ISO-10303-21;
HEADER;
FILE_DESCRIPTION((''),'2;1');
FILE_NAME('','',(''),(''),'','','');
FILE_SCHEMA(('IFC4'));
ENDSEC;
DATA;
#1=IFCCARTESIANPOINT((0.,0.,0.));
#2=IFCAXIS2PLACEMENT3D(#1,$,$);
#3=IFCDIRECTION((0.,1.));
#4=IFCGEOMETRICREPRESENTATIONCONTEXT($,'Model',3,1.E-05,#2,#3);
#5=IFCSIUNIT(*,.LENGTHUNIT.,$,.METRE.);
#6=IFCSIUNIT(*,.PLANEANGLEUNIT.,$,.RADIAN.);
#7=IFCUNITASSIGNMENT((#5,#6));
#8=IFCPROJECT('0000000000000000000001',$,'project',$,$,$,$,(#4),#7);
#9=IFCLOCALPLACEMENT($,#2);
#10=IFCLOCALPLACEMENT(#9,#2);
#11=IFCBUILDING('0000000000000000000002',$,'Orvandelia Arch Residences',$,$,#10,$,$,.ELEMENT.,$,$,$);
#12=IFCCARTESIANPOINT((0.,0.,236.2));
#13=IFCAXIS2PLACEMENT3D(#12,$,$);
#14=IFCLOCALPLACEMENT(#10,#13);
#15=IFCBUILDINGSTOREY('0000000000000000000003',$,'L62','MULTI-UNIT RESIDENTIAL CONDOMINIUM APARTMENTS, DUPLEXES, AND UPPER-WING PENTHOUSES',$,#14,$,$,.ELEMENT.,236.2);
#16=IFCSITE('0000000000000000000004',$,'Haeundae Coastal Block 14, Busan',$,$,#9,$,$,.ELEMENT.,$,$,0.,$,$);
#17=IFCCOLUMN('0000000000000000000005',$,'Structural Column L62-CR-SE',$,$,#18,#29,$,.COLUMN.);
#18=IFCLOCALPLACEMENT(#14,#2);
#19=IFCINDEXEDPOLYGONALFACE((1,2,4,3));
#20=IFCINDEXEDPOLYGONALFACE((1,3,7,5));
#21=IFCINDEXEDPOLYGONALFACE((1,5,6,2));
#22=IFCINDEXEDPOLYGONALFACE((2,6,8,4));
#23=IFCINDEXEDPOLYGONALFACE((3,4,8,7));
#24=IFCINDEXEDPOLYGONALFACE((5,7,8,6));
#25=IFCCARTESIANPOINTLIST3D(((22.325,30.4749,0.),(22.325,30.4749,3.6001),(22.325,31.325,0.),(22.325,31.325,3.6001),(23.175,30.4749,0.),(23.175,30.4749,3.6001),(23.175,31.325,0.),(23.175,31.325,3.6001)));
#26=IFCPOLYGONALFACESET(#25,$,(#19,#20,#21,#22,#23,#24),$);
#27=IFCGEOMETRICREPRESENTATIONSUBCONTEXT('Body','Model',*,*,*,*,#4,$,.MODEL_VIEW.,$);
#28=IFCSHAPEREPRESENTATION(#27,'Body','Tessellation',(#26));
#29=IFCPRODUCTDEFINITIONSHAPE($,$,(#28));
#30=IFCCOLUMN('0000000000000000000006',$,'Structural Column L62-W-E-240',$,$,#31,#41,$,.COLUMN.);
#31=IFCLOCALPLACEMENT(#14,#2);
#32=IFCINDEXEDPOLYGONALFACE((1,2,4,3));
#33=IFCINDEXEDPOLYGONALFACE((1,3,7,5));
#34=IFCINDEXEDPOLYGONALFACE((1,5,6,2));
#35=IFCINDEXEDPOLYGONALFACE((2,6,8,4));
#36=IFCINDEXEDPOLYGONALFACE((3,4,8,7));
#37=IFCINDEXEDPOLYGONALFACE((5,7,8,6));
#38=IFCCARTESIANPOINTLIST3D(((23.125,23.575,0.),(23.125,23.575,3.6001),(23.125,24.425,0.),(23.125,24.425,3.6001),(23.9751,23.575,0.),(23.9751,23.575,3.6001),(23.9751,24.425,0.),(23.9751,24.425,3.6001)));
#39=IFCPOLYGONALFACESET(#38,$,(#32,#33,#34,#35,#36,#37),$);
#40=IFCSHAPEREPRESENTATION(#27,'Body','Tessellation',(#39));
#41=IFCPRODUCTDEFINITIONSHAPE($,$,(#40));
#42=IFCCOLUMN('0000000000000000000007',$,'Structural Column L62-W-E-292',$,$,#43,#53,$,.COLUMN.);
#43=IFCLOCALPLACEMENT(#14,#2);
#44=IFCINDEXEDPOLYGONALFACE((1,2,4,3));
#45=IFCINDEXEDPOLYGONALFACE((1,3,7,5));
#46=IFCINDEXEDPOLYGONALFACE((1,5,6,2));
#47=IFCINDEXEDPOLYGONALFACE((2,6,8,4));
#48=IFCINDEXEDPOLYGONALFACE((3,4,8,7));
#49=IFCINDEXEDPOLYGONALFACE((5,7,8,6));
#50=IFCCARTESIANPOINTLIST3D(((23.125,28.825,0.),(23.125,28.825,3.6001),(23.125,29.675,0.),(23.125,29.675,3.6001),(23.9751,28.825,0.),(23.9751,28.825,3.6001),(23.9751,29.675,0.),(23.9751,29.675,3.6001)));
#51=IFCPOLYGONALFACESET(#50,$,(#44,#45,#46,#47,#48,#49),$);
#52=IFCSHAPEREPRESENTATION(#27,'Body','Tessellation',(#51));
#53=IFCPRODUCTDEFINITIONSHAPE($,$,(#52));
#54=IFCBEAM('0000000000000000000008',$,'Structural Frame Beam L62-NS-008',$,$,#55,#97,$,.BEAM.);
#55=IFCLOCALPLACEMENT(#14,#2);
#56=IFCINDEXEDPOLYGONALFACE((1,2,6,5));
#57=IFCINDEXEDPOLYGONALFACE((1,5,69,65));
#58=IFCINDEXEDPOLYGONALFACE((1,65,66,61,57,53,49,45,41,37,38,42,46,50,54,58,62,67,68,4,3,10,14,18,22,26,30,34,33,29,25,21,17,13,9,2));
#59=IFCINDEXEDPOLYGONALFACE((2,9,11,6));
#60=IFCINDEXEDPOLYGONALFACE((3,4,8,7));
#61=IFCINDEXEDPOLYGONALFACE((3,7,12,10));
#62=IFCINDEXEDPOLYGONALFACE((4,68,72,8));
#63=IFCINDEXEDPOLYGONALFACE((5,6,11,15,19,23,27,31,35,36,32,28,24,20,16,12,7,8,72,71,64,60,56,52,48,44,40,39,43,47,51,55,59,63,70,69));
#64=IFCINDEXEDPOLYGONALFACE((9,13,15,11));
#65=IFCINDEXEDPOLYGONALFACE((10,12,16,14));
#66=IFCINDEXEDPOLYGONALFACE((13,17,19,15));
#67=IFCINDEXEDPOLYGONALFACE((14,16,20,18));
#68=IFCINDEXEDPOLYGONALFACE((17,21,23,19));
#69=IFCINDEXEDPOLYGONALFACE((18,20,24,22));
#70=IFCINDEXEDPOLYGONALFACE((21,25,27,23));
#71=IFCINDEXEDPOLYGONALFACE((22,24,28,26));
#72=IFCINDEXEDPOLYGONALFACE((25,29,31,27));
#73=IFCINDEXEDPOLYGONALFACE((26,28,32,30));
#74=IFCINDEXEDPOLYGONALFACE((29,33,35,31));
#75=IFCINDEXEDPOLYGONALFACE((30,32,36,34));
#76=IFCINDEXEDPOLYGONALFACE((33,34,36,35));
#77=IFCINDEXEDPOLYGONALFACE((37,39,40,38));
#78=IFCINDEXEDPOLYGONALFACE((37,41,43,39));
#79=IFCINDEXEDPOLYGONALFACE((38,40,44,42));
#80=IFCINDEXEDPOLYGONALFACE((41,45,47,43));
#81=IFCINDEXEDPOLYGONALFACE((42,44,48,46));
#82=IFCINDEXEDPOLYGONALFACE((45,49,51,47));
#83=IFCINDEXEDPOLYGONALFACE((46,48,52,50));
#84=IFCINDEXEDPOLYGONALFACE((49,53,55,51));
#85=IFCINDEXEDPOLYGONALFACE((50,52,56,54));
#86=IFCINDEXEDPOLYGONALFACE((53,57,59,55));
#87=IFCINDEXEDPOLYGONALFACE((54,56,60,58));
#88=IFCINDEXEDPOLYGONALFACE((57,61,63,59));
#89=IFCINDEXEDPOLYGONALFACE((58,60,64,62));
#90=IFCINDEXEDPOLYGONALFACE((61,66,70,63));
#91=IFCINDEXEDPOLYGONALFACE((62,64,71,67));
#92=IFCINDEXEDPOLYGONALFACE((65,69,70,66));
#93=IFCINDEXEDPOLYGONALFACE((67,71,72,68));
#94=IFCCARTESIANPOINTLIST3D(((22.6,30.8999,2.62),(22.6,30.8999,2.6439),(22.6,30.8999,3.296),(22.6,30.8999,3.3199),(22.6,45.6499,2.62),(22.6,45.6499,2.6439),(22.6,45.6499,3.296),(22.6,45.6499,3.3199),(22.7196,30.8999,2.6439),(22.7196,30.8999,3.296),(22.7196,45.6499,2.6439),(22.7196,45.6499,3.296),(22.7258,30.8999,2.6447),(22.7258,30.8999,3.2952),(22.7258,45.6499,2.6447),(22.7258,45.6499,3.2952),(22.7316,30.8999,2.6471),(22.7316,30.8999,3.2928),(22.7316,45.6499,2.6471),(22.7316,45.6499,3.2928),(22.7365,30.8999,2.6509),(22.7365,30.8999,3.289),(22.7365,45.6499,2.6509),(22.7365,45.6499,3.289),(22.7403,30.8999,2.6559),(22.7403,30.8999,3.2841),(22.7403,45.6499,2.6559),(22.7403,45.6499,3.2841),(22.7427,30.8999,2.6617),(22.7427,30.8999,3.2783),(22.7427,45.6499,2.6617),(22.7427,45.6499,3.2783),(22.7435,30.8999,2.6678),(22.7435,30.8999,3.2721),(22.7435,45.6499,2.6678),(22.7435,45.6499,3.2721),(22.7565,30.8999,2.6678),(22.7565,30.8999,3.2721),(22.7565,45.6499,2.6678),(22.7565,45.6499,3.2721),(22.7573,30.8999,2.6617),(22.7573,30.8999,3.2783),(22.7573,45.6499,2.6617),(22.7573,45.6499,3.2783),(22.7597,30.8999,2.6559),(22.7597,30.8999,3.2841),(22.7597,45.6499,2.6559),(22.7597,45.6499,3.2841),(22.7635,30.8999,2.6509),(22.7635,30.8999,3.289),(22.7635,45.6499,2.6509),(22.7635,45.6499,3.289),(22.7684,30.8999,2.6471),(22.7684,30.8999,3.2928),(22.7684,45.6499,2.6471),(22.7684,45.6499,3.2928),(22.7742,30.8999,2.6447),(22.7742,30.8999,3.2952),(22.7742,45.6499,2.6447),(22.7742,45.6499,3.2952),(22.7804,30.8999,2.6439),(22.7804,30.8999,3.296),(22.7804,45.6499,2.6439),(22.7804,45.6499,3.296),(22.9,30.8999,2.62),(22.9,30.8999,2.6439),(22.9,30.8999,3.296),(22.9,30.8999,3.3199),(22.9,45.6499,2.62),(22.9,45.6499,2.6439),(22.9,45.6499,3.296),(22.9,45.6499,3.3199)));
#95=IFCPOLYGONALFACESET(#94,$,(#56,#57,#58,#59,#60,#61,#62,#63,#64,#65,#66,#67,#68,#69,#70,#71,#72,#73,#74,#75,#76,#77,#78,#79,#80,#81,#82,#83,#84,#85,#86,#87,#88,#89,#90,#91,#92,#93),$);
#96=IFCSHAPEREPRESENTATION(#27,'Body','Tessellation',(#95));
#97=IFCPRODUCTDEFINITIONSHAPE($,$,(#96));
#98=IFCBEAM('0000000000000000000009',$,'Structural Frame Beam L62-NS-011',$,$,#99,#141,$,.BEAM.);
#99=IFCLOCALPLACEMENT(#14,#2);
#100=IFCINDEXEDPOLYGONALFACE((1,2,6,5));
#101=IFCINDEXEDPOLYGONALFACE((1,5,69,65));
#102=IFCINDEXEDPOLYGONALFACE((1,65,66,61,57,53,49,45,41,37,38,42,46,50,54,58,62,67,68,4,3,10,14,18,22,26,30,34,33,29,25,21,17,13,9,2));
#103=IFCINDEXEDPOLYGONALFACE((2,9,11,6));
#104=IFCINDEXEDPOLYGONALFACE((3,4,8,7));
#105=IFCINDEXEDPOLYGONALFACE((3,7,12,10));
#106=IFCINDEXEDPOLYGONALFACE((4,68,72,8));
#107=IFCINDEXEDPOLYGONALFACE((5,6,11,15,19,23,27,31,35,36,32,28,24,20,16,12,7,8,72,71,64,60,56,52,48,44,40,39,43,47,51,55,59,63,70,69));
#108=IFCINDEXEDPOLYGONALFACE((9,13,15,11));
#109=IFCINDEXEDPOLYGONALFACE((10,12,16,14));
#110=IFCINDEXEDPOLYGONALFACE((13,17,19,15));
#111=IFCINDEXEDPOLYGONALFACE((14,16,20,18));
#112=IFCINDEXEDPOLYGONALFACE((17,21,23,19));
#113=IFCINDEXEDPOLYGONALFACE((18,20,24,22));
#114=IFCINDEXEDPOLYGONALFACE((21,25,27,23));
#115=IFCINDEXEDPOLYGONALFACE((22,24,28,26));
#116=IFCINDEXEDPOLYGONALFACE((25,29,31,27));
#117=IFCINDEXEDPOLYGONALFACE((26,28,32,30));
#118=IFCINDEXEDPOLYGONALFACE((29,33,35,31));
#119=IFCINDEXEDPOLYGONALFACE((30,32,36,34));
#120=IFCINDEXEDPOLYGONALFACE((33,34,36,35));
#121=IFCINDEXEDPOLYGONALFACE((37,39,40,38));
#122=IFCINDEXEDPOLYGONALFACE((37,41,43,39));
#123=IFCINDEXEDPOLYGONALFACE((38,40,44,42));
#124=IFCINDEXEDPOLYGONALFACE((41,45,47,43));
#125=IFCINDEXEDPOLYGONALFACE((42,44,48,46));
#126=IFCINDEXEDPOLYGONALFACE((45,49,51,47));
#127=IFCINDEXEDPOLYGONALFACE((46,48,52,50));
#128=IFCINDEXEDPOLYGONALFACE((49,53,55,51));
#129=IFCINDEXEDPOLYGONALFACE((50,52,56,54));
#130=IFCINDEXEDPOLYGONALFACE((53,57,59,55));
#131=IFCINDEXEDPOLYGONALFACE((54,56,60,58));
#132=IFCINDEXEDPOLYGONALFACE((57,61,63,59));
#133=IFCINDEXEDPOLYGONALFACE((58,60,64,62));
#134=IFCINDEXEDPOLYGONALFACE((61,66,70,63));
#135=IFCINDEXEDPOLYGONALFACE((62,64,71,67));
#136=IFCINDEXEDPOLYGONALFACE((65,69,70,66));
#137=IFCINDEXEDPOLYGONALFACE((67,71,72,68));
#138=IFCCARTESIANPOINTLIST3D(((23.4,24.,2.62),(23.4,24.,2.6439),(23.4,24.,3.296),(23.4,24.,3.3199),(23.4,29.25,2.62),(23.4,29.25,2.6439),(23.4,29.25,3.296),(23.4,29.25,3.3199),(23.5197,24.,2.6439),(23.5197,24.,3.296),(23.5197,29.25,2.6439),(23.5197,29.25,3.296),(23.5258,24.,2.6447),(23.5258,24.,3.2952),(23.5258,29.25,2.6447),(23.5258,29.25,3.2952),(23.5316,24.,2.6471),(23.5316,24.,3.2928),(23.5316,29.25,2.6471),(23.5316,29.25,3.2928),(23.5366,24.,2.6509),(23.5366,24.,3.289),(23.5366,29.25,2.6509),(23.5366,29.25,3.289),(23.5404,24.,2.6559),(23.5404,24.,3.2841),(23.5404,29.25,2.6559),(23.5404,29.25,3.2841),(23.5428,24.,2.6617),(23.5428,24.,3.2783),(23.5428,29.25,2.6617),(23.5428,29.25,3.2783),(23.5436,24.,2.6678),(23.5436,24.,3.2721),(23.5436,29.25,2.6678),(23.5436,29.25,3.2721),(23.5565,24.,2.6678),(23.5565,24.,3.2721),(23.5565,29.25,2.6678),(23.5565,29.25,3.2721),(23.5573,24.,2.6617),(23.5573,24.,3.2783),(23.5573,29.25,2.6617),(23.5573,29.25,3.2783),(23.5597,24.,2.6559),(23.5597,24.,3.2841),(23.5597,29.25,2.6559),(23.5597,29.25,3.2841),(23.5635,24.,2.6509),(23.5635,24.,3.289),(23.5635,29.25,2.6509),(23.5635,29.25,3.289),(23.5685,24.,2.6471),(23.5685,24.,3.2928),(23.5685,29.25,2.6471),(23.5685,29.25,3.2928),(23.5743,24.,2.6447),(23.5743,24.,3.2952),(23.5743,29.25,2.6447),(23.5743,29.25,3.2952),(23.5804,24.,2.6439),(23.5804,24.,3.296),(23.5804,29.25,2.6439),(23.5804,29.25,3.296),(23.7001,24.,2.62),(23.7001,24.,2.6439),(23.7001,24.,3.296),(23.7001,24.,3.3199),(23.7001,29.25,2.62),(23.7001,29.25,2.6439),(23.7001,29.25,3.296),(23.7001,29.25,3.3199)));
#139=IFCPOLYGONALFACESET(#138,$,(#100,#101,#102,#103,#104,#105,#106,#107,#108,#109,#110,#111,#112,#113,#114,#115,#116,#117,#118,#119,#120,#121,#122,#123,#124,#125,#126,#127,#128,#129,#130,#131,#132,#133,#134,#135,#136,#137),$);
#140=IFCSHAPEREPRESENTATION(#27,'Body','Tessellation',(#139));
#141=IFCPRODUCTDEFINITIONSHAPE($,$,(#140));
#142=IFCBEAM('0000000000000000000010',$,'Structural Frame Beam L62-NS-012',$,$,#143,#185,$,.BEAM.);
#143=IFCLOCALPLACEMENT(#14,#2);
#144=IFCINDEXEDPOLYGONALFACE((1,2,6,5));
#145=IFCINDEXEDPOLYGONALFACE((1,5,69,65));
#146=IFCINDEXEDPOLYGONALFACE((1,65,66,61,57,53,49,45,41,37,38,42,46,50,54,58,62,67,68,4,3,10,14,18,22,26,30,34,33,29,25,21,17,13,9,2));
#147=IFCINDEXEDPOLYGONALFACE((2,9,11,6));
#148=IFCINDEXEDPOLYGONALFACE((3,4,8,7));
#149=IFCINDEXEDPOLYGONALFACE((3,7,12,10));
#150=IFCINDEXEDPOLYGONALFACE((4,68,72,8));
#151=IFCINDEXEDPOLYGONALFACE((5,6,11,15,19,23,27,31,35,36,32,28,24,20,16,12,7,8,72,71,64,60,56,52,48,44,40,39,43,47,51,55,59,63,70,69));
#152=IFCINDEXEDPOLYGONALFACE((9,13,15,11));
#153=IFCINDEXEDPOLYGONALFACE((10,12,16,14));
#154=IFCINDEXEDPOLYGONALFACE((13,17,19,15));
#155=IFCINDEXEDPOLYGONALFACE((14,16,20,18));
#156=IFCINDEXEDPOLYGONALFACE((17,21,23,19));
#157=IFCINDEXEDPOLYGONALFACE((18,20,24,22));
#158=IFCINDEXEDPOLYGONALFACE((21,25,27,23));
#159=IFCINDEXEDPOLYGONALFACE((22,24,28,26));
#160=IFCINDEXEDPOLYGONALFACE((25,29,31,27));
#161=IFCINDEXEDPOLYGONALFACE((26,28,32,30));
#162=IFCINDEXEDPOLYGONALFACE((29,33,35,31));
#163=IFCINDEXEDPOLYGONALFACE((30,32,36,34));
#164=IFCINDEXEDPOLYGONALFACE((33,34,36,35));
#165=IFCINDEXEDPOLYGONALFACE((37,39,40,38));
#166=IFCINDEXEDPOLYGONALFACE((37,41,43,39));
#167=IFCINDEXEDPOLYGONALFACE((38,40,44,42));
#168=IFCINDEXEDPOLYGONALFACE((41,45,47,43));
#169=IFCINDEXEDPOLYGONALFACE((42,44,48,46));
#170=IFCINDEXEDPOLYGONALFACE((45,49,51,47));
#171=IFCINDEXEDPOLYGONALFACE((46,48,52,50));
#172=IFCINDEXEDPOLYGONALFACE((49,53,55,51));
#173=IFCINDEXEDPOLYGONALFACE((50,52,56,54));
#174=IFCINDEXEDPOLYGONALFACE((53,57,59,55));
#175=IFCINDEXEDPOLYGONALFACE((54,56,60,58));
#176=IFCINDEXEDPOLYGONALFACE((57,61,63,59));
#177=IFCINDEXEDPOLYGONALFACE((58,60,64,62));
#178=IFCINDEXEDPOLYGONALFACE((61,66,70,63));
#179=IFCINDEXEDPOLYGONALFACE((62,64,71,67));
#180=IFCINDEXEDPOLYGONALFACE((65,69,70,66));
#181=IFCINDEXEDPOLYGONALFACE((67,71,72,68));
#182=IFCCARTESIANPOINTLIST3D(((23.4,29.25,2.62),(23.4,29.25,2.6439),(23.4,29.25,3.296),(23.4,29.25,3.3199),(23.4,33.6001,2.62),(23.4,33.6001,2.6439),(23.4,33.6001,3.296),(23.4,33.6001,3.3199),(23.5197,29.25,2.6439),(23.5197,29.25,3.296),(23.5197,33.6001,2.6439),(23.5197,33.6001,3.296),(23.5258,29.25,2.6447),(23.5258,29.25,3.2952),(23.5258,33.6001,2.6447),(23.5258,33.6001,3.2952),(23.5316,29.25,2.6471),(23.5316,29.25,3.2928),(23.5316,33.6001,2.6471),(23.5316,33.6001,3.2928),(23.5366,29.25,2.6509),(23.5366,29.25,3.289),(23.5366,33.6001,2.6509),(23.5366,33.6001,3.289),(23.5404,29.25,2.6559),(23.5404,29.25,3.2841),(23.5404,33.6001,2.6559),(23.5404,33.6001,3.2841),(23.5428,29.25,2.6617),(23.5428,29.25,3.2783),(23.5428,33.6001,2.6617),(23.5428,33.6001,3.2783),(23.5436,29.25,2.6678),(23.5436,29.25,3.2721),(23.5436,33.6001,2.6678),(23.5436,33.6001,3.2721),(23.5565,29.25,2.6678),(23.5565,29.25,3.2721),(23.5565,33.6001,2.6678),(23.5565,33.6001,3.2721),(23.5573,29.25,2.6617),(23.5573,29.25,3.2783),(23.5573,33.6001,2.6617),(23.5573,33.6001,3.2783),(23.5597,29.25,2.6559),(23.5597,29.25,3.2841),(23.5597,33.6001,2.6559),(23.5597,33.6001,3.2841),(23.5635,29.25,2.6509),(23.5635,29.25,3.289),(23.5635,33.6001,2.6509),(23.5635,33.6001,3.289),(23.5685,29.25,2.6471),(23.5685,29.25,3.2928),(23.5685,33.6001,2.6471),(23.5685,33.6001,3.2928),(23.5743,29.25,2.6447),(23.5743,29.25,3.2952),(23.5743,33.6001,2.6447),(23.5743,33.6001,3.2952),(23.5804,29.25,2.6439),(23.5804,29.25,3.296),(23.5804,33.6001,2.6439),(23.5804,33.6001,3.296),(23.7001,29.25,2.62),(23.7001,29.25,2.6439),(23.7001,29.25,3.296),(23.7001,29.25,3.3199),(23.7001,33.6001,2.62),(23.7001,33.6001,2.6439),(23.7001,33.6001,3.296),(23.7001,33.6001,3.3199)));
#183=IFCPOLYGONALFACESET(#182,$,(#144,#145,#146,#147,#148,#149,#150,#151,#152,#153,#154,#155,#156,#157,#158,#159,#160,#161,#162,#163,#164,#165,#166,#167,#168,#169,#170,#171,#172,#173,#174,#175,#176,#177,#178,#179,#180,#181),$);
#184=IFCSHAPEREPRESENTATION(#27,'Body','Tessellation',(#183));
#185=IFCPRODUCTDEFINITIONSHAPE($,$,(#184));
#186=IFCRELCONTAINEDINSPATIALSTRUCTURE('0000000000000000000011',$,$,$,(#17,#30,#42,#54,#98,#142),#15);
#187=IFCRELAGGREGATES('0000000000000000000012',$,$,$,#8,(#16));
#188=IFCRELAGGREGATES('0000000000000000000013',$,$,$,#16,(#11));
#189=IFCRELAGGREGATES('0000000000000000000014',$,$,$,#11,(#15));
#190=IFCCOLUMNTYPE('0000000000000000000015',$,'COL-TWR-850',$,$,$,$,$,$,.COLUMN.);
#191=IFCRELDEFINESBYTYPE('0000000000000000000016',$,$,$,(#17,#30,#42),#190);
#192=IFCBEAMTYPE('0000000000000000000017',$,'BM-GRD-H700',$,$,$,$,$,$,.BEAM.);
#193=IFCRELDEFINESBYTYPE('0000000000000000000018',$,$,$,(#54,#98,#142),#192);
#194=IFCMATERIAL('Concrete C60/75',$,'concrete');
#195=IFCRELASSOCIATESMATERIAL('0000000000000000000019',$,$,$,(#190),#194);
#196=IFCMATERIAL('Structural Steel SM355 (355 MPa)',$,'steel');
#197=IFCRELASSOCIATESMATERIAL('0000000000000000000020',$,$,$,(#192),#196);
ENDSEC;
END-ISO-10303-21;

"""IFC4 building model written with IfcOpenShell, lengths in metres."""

from ifc_helpers import new_model, si_unit, direction, frame, origin, origin_2d, place, context, subcontext, project, spatial, rectangle, i_section, extrude, material, material_profile, profile_set, type_object, element, save


model = new_model("IFC4")

# Units and contexts
model_context = context("Model", 3, precision=1e-05, world=origin(), true_north=direction((0.0, 1.0)))
body_context = subcontext(model_context, "Body", "Model", "MODEL_VIEW")
ifc_project = project(units=[si_unit("LENGTHUNIT", "METRE"), si_unit("PLANEANGLEUNIT", "RADIAN")], contexts=[model_context])

# Site, building, storey
site_placement = place(None, origin())
site = spatial("IfcSite", under=ifc_project, at=site_placement, Name="Haeundae Coastal Block 14, Busan", CompositionType="ELEMENT", RefElevation=0.0)
building_placement = place(site_placement, origin())
building = spatial("IfcBuilding", under=site, at=building_placement, Name="Orvandelia Arch Residences", CompositionType="ELEMENT")
storey_placement = place(building_placement, frame((0.0, 0.0, 236.2)))
storey = spatial("IfcBuildingStorey", under=building, at=storey_placement, Name="L62", Description="MULTI-UNIT RESIDENTIAL CONDOMINIUM APARTMENTS, DUPLEXES, AND UPPER-WING PENTHOUSES", CompositionType="ELEMENT", Elevation=236.2)

# Columns
ifc_material_1 = material(Name="Concrete C60/75", Category="concrete")
ifc_material_profile_1 = material_profile(ifc_material_1, rectangle(XDim=0.8501, YDim=0.8501, at=origin_2d()), Name="Concrete C60/75", Category="concrete")
ifc_profile_set_1 = profile_set([ifc_material_profile_1], Name="Concrete C60/75")
column_type = type_object("IfcColumnType", Name="COL-TWR-850", PredefinedType="COLUMN", material=ifc_profile_set_1)
for number, where, z_axis, x_axis, name in (
    (1, (22.75, 30.8999, 0.0), (0.0, 0.0, 1.0), (1.0, 0.0, 0.0), "Structural Column L62-CR-SE"),
    (2, (23.55, 24.0, 0.0), (0.0, 0.0, 1.0), (1.0, 0.0, 0.0), "Structural Column L62-W-E-240"),
    (3, (23.55, 29.25, 0.0), (0.0, 0.0, 1.0), (1.0, 0.0, 0.0), "Structural Column L62-W-E-292"),
):
    element("IfcColumn", number, at=place(storey_placement, frame(where, z_axis=z_axis, x_axis=x_axis)), inside=storey, type_object=column_type, Name=name, PredefinedType="COLUMN", context=body_context, shape_type="SweptSolid", body=[
        extrude(rectangle(XDim=0.8501, YDim=0.8501, at=origin_2d()), origin(), (0.0, 0.0, 1.0), 3.6001),
    ])

# Beams
ifc_material_2 = material(Name="Structural Steel SM355 (355 MPa)", Category="steel")
ifc_material_profile_2 = material_profile(ifc_material_2, i_section(OverallWidth=0.3, OverallDepth=0.7, WebThickness=0.0129, FlangeThickness=0.0239, FilletRadius=0.0239, at=origin_2d()), Name="Structural Steel SM355 (355 MPa)", Category="steel")
ifc_profile_set_2 = profile_set([ifc_material_profile_2], Name="Structural Steel SM355 (355 MPa)")
beam_type = type_object("IfcBeamType", Name="BM-GRD-H700", PredefinedType="BEAM", material=ifc_profile_set_2)
beam_1_placement = place(storey_placement, frame((22.75, 30.8999, 2.97), z_axis=(0.0, 1.0, 0.0), x_axis=(-1.0, 0.0, 0.0)))
element("IfcBeam", 4, at=beam_1_placement, inside=storey, type_object=beam_type, Name="Structural Frame Beam L62-NS-008", PredefinedType="BEAM", context=body_context, shape_type="SweptSolid", body=[
    extrude(i_section(OverallWidth=0.3, OverallDepth=0.7, WebThickness=0.0129, FlangeThickness=0.0239, FilletRadius=0.0239, at=origin_2d()), origin(), (0.0, 0.0, 1.0), 14.75),
])
beam_2_placement = place(storey_placement, frame((23.55, 24.0, 2.97), z_axis=(0.0, 1.0, 0.0), x_axis=(-1.0, 0.0, 0.0)))
element("IfcBeam", 5, at=beam_2_placement, inside=storey, type_object=beam_type, Name="Structural Frame Beam L62-NS-011", PredefinedType="BEAM", context=body_context, shape_type="SweptSolid", body=[
    extrude(i_section(OverallWidth=0.3, OverallDepth=0.7, WebThickness=0.0129, FlangeThickness=0.0239, FilletRadius=0.0239, at=origin_2d()), origin(), (0.0, 0.0, 1.0), 5.25),
])
beam_3_placement = place(storey_placement, frame((23.55, 29.25, 2.97), z_axis=(0.0, 1.0, 0.0), x_axis=(-1.0, 0.0, 0.0)))
element("IfcBeam", 6, at=beam_3_placement, inside=storey, type_object=beam_type, Name="Structural Frame Beam L62-NS-012", PredefinedType="BEAM", context=body_context, shape_type="SweptSolid", body=[
    extrude(i_section(OverallWidth=0.3, OverallDepth=0.7, WebThickness=0.0129, FlangeThickness=0.0239, FilletRadius=0.0239, at=origin_2d()), origin(), (0.0, 0.0, 1.0), 4.3501),
])

save(model, "model.ifc")
